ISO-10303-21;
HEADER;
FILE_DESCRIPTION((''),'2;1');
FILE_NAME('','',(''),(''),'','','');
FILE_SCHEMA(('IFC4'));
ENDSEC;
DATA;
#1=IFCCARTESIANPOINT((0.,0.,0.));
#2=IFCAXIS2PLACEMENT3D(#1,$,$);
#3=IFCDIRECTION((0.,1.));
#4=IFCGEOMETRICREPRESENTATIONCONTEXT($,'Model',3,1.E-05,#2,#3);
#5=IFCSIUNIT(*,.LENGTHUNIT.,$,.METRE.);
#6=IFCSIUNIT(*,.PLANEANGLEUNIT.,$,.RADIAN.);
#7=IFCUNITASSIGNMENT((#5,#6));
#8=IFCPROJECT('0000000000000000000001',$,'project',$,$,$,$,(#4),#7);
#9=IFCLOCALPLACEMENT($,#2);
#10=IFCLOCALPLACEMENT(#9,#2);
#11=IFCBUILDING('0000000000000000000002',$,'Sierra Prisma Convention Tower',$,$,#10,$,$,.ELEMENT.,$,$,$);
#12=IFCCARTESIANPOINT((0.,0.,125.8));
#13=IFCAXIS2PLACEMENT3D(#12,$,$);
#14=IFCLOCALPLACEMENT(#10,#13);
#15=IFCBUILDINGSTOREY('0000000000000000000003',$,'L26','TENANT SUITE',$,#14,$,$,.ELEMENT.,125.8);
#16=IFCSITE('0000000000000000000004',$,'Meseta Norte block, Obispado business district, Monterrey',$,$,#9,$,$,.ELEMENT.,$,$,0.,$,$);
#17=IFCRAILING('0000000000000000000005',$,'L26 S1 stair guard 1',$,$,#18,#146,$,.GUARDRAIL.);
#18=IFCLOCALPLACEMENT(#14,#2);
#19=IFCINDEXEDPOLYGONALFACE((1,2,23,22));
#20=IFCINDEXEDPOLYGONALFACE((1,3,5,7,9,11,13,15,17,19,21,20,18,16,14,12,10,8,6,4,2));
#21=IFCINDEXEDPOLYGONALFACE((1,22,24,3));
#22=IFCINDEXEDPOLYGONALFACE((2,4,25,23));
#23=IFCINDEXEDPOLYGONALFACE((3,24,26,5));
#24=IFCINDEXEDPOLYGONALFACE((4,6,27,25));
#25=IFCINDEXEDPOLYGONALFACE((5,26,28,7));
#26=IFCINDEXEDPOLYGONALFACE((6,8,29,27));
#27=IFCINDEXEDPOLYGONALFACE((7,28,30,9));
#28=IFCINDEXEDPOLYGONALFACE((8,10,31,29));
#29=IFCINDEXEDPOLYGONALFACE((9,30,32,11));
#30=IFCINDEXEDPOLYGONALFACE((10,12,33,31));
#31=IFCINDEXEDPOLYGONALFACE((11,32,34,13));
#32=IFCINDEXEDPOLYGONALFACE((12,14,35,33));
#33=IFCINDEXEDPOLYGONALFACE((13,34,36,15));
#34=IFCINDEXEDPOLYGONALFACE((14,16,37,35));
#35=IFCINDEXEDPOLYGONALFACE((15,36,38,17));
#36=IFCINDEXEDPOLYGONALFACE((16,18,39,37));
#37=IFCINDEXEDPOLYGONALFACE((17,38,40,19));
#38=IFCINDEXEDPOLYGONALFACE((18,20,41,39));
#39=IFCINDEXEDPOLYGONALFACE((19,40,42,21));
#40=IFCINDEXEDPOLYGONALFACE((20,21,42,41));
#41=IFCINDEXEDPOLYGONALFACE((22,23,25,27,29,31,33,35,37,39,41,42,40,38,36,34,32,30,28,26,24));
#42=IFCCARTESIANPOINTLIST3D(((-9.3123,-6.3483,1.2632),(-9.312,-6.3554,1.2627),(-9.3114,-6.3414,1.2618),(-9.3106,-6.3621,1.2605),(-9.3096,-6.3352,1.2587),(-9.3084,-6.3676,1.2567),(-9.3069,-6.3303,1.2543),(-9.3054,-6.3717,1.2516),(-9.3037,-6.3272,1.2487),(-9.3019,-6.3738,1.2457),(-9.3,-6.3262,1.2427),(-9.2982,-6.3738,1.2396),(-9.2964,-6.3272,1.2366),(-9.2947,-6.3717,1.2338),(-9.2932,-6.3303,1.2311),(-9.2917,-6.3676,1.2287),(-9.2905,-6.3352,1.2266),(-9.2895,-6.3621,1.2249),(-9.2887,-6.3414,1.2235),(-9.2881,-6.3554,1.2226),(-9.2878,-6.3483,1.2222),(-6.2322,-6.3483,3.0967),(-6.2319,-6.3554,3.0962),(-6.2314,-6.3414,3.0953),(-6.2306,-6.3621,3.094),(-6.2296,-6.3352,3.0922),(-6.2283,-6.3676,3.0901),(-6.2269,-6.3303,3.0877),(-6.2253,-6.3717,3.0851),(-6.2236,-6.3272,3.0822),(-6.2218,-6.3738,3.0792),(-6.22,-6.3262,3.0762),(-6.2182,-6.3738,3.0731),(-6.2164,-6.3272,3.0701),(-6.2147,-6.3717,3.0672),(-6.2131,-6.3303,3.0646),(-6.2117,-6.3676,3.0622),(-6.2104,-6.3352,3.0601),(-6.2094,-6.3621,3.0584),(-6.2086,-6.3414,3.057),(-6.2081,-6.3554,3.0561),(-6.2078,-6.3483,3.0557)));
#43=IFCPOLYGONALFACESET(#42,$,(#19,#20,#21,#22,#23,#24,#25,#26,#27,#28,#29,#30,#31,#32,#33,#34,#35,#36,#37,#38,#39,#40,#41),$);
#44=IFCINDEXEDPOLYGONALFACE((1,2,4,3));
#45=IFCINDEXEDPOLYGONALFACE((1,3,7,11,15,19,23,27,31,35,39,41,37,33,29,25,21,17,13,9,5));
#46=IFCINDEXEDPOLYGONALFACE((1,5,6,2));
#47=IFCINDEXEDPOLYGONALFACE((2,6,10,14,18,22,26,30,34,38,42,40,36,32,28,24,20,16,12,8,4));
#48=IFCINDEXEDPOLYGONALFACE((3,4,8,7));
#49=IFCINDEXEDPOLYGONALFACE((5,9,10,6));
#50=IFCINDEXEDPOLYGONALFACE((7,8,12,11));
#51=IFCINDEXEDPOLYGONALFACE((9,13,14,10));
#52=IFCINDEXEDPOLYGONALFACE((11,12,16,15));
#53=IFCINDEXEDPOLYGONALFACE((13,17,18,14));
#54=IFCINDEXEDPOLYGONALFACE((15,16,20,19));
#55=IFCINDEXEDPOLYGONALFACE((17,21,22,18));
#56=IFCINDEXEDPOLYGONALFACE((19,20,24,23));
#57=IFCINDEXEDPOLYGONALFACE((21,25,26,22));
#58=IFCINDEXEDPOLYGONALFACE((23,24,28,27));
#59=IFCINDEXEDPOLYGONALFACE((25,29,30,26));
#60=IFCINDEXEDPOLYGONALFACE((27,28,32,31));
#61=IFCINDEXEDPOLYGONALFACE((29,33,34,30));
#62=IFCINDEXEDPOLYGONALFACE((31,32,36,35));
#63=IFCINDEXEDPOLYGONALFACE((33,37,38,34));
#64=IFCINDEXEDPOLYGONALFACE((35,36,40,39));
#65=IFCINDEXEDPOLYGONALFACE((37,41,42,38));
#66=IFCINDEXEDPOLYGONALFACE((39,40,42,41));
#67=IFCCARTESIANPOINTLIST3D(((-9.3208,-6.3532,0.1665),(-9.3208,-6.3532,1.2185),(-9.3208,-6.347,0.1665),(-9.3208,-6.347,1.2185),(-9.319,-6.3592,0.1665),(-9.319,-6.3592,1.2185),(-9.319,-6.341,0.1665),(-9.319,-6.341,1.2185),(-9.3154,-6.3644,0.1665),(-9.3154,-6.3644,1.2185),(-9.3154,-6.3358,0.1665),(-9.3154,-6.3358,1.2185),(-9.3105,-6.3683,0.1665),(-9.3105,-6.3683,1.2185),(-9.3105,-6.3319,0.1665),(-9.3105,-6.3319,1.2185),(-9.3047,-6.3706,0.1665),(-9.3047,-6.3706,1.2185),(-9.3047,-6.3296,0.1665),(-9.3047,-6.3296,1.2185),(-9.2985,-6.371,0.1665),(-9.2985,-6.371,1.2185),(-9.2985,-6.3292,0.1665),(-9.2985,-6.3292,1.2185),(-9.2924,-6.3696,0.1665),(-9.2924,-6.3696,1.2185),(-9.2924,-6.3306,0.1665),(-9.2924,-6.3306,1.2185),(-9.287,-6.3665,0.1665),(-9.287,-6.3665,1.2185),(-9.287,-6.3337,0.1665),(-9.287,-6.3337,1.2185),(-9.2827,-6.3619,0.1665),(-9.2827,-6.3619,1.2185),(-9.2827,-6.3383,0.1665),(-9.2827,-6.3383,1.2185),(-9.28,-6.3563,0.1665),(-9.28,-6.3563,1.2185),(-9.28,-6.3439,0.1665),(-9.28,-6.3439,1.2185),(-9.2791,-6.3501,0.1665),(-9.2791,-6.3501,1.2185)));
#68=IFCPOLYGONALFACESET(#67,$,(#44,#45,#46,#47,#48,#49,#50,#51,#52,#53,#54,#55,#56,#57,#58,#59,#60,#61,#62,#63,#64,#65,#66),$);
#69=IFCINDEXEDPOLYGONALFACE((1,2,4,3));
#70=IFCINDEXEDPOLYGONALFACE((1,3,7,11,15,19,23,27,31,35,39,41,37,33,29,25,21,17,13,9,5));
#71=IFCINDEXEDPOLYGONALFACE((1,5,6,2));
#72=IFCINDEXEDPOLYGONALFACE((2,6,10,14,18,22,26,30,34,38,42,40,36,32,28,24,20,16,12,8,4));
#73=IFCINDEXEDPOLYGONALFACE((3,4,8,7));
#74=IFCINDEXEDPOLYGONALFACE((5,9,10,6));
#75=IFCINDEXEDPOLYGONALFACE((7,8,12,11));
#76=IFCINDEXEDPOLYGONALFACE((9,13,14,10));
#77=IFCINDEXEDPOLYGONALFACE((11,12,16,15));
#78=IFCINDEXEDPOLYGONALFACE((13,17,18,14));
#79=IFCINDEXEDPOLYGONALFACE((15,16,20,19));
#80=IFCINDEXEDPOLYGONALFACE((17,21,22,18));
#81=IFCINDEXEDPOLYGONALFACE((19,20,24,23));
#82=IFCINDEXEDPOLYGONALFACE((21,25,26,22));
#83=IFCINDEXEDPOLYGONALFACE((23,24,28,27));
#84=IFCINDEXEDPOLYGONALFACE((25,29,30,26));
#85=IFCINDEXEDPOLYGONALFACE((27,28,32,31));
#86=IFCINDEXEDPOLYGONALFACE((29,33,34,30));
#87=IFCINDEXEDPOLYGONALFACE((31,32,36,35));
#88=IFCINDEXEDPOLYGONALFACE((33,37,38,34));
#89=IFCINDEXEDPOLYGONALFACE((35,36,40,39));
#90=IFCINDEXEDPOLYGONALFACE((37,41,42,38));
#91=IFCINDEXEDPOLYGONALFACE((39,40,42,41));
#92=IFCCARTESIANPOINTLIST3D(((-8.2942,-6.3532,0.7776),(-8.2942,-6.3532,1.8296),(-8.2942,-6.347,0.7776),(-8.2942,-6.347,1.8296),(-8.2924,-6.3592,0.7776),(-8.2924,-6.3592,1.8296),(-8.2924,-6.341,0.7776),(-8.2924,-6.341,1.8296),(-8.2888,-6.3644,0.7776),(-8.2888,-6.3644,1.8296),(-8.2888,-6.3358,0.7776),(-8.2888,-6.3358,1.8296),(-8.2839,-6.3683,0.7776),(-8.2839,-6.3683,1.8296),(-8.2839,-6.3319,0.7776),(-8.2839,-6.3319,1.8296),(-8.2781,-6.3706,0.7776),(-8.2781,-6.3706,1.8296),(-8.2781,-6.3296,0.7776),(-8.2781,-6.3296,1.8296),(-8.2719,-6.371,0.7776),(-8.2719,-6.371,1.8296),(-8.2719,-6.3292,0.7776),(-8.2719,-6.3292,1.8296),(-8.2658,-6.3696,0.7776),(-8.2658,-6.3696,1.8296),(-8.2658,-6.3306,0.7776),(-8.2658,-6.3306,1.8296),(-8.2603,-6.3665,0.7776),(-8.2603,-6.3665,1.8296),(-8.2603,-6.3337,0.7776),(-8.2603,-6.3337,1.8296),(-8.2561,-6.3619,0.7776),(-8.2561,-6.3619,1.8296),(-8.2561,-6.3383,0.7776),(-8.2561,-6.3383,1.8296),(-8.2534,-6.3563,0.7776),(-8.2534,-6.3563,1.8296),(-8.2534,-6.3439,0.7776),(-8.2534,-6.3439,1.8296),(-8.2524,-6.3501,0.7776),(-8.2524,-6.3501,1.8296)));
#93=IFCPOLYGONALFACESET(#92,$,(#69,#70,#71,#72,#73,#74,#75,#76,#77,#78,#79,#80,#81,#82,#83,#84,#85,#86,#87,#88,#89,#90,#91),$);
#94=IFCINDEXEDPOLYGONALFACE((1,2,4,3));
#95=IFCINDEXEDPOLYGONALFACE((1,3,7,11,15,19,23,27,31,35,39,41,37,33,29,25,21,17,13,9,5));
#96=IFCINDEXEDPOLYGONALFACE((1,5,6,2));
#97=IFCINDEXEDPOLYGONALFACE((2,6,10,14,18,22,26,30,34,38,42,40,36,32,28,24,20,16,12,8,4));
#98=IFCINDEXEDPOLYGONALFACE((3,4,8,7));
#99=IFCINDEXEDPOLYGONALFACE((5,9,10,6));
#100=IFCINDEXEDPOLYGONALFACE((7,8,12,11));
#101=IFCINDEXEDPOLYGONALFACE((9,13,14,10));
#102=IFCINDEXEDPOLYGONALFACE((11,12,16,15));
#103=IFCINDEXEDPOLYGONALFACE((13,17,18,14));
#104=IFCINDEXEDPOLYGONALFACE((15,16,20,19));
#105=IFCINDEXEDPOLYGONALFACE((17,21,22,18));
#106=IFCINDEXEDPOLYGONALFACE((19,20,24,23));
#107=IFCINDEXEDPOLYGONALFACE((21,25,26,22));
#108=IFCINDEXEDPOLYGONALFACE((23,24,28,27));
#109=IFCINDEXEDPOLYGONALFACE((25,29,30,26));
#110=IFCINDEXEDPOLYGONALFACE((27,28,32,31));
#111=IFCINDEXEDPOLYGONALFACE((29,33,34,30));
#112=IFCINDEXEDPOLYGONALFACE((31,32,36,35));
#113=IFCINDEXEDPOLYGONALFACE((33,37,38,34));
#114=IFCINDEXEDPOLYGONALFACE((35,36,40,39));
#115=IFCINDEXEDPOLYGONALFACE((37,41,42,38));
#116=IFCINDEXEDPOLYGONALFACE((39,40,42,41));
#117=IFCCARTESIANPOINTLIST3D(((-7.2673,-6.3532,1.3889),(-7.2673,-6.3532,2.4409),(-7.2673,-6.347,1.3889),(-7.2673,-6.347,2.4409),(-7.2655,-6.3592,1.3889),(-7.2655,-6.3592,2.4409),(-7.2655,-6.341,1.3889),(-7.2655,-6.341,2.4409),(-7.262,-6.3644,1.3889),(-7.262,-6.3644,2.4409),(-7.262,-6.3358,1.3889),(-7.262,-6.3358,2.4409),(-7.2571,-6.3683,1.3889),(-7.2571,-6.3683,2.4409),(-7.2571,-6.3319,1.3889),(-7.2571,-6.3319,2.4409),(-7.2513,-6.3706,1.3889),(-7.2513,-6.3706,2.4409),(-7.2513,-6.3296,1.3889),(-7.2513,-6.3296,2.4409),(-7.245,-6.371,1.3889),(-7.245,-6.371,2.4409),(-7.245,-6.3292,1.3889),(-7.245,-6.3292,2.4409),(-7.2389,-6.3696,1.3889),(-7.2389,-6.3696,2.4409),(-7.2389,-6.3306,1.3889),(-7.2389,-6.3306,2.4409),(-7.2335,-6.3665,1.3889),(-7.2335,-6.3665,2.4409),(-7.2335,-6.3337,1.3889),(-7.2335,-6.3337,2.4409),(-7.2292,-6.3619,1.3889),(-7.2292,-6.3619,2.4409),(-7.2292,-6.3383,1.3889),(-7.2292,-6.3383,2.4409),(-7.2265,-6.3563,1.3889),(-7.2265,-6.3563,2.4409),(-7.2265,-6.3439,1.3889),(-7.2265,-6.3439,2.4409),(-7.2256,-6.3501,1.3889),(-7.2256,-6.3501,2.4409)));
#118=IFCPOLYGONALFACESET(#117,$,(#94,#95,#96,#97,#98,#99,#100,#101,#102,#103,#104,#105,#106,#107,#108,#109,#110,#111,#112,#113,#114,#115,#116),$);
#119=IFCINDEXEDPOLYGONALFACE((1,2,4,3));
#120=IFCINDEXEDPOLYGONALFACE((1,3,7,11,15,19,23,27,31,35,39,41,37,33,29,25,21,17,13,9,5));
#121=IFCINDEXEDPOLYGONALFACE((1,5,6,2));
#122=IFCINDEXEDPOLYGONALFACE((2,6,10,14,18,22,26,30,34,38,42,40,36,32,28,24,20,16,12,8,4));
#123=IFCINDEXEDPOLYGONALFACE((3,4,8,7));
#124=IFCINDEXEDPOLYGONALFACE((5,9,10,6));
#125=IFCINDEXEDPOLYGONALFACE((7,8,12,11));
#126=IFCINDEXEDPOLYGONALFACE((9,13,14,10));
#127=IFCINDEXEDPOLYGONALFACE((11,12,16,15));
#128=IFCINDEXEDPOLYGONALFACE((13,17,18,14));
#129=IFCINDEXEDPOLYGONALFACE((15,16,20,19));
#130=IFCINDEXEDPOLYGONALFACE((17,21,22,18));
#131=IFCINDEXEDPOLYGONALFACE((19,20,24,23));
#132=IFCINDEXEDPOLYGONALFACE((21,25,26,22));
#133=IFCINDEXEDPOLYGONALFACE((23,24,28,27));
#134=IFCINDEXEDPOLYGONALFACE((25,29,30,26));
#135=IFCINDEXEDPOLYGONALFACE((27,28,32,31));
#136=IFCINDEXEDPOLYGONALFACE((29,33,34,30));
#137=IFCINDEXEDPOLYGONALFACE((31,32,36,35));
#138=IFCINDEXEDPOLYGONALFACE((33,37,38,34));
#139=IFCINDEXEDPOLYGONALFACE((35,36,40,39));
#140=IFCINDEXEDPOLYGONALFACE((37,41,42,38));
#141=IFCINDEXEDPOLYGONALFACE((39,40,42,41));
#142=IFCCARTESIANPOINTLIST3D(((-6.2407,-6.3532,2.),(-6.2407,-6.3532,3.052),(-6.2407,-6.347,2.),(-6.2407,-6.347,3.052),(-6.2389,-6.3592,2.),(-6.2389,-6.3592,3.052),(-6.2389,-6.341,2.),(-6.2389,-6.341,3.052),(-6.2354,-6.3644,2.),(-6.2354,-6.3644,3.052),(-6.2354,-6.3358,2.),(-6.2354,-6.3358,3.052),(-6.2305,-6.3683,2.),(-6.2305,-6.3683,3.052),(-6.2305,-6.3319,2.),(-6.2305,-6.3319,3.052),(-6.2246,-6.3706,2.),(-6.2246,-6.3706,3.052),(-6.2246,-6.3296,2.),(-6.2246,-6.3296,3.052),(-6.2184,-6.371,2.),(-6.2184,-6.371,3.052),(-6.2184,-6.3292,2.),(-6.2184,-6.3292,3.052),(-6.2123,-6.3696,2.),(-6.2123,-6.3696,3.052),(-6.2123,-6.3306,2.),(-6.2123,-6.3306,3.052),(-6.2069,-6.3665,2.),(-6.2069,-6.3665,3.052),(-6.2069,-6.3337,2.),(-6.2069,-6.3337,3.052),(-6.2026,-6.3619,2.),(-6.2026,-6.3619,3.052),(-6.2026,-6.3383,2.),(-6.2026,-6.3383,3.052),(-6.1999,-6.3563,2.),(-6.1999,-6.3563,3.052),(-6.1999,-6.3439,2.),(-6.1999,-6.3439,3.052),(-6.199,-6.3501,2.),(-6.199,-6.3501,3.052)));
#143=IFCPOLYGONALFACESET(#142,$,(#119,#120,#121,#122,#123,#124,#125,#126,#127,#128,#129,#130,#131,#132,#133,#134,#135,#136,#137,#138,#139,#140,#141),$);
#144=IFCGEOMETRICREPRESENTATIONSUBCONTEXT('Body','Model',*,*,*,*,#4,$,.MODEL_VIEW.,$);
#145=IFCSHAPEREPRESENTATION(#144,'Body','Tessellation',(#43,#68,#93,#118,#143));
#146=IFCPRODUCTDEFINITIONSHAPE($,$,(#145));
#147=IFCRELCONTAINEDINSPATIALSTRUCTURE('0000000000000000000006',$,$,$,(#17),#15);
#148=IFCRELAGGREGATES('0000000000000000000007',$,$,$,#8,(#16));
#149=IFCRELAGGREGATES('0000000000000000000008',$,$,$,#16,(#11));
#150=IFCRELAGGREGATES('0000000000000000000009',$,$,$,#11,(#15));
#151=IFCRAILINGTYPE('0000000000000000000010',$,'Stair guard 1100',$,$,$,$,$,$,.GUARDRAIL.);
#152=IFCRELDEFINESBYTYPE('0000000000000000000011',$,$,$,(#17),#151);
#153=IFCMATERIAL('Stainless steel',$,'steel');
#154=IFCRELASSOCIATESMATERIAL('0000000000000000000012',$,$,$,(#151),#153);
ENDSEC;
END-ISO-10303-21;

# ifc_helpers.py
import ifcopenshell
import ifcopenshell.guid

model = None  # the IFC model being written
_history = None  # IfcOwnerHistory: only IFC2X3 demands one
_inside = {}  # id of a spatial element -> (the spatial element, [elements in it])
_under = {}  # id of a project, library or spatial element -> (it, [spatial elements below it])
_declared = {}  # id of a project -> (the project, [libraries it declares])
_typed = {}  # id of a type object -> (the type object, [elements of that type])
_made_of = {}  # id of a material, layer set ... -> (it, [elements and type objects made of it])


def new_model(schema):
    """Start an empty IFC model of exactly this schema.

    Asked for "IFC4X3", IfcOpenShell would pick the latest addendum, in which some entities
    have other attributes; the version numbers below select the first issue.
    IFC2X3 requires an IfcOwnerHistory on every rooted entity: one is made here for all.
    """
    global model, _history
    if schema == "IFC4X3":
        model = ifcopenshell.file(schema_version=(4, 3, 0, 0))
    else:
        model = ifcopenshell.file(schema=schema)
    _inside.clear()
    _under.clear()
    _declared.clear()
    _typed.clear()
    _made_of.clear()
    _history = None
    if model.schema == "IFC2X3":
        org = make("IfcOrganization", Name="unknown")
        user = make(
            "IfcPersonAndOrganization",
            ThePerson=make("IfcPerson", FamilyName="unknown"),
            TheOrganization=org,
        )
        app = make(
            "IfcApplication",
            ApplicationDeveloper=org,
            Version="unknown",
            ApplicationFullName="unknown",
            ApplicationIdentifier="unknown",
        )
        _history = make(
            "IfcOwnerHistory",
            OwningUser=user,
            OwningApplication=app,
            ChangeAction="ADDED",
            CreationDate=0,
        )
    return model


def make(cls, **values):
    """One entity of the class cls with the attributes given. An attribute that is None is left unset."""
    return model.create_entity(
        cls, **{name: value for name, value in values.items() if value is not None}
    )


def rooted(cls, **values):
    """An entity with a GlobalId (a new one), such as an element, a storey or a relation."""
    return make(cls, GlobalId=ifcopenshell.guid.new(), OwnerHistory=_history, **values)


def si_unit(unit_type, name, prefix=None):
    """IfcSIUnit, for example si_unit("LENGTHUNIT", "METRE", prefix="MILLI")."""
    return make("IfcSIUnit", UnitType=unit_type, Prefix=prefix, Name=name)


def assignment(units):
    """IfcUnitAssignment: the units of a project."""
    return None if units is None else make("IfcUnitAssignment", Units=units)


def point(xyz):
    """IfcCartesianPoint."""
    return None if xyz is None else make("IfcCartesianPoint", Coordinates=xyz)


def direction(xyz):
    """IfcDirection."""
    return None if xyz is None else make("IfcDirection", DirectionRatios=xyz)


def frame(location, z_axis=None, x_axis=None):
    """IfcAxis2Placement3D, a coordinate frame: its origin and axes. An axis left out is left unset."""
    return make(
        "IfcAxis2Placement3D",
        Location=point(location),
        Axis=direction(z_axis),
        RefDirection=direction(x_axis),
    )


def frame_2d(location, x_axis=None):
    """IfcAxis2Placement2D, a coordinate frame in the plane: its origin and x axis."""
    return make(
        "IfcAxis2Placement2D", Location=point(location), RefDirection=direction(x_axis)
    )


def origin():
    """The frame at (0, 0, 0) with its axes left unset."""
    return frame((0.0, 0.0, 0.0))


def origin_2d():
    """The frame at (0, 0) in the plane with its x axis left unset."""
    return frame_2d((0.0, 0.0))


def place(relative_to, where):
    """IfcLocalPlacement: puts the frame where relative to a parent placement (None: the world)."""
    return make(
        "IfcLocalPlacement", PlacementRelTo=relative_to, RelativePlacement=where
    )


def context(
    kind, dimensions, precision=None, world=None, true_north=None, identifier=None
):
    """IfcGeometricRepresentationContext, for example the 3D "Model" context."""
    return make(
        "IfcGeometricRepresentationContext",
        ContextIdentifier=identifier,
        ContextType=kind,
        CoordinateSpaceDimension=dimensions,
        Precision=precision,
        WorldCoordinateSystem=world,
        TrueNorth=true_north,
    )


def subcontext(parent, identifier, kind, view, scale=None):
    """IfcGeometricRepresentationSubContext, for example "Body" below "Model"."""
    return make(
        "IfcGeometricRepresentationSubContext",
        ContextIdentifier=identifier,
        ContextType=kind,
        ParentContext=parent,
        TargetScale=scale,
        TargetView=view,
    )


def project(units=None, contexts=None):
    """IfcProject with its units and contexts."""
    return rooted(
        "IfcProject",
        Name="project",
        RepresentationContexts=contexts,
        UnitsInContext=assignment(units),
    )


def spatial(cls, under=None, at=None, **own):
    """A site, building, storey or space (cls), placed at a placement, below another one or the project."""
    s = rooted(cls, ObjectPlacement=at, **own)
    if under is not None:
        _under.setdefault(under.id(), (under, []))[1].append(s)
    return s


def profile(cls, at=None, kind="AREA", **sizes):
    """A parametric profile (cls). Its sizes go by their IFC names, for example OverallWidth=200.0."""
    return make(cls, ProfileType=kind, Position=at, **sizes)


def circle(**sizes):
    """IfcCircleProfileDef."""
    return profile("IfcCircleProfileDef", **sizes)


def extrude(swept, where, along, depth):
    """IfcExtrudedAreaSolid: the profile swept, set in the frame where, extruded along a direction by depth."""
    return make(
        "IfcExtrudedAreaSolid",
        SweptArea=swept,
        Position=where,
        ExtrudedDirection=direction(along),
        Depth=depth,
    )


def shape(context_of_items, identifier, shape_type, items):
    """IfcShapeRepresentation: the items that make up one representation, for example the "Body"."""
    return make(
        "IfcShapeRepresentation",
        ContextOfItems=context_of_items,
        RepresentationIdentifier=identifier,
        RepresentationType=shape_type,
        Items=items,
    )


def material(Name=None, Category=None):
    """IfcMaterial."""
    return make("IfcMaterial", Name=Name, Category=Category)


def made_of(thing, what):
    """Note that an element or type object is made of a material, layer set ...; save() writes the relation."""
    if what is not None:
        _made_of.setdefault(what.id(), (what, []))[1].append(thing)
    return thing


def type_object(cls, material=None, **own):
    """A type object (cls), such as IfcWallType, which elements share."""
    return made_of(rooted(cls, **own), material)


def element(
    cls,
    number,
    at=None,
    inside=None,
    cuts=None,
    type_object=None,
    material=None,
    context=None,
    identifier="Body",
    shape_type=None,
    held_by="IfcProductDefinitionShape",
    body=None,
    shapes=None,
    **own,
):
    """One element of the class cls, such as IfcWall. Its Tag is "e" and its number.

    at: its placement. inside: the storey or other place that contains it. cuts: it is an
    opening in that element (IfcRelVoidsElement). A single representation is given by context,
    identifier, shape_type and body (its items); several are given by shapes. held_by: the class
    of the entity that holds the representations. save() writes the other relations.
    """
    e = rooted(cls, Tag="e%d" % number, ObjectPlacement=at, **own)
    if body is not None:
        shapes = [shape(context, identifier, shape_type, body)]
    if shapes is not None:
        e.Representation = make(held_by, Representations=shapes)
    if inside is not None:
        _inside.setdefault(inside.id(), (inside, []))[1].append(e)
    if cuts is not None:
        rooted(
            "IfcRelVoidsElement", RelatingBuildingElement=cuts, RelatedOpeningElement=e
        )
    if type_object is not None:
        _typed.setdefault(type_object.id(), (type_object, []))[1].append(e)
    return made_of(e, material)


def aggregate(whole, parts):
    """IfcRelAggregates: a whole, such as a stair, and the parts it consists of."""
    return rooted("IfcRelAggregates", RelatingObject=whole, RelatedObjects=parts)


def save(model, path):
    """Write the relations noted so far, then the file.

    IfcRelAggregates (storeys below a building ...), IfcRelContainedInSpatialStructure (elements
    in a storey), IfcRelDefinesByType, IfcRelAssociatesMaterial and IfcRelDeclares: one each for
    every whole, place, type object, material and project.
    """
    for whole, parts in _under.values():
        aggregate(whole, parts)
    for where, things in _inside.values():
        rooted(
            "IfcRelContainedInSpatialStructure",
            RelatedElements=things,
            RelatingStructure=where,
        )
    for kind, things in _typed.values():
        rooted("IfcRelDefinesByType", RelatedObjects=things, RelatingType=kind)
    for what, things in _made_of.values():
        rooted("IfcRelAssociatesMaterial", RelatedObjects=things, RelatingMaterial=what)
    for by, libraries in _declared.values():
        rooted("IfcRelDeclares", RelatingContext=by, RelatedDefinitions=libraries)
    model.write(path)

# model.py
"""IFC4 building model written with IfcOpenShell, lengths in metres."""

from ifc_helpers import new_model, si_unit, direction, frame, origin, origin_2d, place, context, subcontext, project, spatial, circle, extrude, material, type_object, element, save


model = new_model("IFC4")

# Units and contexts
model_context = context("Model", 3, precision=1e-05, world=origin(), true_north=direction((0.0, 1.0)))
body_context = subcontext(model_context, "Body", "Model", "MODEL_VIEW")
ifc_project = project(units=[si_unit("LENGTHUNIT", "METRE"), si_unit("PLANEANGLEUNIT", "RADIAN")], contexts=[model_context])

# Site, building, storey
site_placement = place(None, origin())
site = spatial("IfcSite", under=ifc_project, at=site_placement, Name="Meseta Norte block, Obispado business district, Monterrey", CompositionType="ELEMENT", RefElevation=0.0)
building_placement = place(site_placement, origin())
building = spatial("IfcBuilding", under=site, at=building_placement, Name="Sierra Prisma Convention Tower", CompositionType="ELEMENT")
storey_placement = place(building_placement, frame((0.0, 0.0, 125.8)))
storey = spatial("IfcBuildingStorey", under=building, at=storey_placement, Name="L26", Description="TENANT SUITE", CompositionType="ELEMENT", Elevation=125.8)

# Railing
ifc_material_1 = material(Name="Stainless steel", Category="steel")
railing_type_1 = type_object("IfcRailingType", Name="Stair guard 1100", PredefinedType="GUARDRAIL", material=ifc_material_1)
railing_1_placement = place(storey_placement, frame((-9.3, -6.3501, 0.1665)))
element("IfcRailing", 1, at=railing_1_placement, inside=storey, type_object=railing_type_1, Name="L26 S1 stair guard 1", PredefinedType="GUARDRAIL", context=body_context, shape_type="SweptSolid", body=[
    extrude(circle(Radius=0.0239, at=origin_2d()), frame((0.0, 0.0, 1.0762), z_axis=(0.859279, 0.0, 0.511508), x_axis=(0.0, 1.0, 0.0)), (0.0, 0.0, 1.0), 3.5845),
    extrude(circle(Radius=0.021, at=origin_2d()), origin(), (0.0, 0.0, 1.0), 1.052),
    extrude(circle(Radius=0.021, at=origin_2d()), frame((1.0266, 0.0, 0.6111)), (0.0, 0.0, 1.0), 1.052),
    extrude(circle(Radius=0.021, at=origin_2d()), frame((2.0535, 0.0, 1.2224)), (0.0, 0.0, 1.0), 1.052),
    extrude(circle(Radius=0.021, at=origin_2d()), frame((3.0801, 0.0, 1.8335)), (0.0, 0.0, 1.0), 1.052),
])

save(model, "model.ifc")
